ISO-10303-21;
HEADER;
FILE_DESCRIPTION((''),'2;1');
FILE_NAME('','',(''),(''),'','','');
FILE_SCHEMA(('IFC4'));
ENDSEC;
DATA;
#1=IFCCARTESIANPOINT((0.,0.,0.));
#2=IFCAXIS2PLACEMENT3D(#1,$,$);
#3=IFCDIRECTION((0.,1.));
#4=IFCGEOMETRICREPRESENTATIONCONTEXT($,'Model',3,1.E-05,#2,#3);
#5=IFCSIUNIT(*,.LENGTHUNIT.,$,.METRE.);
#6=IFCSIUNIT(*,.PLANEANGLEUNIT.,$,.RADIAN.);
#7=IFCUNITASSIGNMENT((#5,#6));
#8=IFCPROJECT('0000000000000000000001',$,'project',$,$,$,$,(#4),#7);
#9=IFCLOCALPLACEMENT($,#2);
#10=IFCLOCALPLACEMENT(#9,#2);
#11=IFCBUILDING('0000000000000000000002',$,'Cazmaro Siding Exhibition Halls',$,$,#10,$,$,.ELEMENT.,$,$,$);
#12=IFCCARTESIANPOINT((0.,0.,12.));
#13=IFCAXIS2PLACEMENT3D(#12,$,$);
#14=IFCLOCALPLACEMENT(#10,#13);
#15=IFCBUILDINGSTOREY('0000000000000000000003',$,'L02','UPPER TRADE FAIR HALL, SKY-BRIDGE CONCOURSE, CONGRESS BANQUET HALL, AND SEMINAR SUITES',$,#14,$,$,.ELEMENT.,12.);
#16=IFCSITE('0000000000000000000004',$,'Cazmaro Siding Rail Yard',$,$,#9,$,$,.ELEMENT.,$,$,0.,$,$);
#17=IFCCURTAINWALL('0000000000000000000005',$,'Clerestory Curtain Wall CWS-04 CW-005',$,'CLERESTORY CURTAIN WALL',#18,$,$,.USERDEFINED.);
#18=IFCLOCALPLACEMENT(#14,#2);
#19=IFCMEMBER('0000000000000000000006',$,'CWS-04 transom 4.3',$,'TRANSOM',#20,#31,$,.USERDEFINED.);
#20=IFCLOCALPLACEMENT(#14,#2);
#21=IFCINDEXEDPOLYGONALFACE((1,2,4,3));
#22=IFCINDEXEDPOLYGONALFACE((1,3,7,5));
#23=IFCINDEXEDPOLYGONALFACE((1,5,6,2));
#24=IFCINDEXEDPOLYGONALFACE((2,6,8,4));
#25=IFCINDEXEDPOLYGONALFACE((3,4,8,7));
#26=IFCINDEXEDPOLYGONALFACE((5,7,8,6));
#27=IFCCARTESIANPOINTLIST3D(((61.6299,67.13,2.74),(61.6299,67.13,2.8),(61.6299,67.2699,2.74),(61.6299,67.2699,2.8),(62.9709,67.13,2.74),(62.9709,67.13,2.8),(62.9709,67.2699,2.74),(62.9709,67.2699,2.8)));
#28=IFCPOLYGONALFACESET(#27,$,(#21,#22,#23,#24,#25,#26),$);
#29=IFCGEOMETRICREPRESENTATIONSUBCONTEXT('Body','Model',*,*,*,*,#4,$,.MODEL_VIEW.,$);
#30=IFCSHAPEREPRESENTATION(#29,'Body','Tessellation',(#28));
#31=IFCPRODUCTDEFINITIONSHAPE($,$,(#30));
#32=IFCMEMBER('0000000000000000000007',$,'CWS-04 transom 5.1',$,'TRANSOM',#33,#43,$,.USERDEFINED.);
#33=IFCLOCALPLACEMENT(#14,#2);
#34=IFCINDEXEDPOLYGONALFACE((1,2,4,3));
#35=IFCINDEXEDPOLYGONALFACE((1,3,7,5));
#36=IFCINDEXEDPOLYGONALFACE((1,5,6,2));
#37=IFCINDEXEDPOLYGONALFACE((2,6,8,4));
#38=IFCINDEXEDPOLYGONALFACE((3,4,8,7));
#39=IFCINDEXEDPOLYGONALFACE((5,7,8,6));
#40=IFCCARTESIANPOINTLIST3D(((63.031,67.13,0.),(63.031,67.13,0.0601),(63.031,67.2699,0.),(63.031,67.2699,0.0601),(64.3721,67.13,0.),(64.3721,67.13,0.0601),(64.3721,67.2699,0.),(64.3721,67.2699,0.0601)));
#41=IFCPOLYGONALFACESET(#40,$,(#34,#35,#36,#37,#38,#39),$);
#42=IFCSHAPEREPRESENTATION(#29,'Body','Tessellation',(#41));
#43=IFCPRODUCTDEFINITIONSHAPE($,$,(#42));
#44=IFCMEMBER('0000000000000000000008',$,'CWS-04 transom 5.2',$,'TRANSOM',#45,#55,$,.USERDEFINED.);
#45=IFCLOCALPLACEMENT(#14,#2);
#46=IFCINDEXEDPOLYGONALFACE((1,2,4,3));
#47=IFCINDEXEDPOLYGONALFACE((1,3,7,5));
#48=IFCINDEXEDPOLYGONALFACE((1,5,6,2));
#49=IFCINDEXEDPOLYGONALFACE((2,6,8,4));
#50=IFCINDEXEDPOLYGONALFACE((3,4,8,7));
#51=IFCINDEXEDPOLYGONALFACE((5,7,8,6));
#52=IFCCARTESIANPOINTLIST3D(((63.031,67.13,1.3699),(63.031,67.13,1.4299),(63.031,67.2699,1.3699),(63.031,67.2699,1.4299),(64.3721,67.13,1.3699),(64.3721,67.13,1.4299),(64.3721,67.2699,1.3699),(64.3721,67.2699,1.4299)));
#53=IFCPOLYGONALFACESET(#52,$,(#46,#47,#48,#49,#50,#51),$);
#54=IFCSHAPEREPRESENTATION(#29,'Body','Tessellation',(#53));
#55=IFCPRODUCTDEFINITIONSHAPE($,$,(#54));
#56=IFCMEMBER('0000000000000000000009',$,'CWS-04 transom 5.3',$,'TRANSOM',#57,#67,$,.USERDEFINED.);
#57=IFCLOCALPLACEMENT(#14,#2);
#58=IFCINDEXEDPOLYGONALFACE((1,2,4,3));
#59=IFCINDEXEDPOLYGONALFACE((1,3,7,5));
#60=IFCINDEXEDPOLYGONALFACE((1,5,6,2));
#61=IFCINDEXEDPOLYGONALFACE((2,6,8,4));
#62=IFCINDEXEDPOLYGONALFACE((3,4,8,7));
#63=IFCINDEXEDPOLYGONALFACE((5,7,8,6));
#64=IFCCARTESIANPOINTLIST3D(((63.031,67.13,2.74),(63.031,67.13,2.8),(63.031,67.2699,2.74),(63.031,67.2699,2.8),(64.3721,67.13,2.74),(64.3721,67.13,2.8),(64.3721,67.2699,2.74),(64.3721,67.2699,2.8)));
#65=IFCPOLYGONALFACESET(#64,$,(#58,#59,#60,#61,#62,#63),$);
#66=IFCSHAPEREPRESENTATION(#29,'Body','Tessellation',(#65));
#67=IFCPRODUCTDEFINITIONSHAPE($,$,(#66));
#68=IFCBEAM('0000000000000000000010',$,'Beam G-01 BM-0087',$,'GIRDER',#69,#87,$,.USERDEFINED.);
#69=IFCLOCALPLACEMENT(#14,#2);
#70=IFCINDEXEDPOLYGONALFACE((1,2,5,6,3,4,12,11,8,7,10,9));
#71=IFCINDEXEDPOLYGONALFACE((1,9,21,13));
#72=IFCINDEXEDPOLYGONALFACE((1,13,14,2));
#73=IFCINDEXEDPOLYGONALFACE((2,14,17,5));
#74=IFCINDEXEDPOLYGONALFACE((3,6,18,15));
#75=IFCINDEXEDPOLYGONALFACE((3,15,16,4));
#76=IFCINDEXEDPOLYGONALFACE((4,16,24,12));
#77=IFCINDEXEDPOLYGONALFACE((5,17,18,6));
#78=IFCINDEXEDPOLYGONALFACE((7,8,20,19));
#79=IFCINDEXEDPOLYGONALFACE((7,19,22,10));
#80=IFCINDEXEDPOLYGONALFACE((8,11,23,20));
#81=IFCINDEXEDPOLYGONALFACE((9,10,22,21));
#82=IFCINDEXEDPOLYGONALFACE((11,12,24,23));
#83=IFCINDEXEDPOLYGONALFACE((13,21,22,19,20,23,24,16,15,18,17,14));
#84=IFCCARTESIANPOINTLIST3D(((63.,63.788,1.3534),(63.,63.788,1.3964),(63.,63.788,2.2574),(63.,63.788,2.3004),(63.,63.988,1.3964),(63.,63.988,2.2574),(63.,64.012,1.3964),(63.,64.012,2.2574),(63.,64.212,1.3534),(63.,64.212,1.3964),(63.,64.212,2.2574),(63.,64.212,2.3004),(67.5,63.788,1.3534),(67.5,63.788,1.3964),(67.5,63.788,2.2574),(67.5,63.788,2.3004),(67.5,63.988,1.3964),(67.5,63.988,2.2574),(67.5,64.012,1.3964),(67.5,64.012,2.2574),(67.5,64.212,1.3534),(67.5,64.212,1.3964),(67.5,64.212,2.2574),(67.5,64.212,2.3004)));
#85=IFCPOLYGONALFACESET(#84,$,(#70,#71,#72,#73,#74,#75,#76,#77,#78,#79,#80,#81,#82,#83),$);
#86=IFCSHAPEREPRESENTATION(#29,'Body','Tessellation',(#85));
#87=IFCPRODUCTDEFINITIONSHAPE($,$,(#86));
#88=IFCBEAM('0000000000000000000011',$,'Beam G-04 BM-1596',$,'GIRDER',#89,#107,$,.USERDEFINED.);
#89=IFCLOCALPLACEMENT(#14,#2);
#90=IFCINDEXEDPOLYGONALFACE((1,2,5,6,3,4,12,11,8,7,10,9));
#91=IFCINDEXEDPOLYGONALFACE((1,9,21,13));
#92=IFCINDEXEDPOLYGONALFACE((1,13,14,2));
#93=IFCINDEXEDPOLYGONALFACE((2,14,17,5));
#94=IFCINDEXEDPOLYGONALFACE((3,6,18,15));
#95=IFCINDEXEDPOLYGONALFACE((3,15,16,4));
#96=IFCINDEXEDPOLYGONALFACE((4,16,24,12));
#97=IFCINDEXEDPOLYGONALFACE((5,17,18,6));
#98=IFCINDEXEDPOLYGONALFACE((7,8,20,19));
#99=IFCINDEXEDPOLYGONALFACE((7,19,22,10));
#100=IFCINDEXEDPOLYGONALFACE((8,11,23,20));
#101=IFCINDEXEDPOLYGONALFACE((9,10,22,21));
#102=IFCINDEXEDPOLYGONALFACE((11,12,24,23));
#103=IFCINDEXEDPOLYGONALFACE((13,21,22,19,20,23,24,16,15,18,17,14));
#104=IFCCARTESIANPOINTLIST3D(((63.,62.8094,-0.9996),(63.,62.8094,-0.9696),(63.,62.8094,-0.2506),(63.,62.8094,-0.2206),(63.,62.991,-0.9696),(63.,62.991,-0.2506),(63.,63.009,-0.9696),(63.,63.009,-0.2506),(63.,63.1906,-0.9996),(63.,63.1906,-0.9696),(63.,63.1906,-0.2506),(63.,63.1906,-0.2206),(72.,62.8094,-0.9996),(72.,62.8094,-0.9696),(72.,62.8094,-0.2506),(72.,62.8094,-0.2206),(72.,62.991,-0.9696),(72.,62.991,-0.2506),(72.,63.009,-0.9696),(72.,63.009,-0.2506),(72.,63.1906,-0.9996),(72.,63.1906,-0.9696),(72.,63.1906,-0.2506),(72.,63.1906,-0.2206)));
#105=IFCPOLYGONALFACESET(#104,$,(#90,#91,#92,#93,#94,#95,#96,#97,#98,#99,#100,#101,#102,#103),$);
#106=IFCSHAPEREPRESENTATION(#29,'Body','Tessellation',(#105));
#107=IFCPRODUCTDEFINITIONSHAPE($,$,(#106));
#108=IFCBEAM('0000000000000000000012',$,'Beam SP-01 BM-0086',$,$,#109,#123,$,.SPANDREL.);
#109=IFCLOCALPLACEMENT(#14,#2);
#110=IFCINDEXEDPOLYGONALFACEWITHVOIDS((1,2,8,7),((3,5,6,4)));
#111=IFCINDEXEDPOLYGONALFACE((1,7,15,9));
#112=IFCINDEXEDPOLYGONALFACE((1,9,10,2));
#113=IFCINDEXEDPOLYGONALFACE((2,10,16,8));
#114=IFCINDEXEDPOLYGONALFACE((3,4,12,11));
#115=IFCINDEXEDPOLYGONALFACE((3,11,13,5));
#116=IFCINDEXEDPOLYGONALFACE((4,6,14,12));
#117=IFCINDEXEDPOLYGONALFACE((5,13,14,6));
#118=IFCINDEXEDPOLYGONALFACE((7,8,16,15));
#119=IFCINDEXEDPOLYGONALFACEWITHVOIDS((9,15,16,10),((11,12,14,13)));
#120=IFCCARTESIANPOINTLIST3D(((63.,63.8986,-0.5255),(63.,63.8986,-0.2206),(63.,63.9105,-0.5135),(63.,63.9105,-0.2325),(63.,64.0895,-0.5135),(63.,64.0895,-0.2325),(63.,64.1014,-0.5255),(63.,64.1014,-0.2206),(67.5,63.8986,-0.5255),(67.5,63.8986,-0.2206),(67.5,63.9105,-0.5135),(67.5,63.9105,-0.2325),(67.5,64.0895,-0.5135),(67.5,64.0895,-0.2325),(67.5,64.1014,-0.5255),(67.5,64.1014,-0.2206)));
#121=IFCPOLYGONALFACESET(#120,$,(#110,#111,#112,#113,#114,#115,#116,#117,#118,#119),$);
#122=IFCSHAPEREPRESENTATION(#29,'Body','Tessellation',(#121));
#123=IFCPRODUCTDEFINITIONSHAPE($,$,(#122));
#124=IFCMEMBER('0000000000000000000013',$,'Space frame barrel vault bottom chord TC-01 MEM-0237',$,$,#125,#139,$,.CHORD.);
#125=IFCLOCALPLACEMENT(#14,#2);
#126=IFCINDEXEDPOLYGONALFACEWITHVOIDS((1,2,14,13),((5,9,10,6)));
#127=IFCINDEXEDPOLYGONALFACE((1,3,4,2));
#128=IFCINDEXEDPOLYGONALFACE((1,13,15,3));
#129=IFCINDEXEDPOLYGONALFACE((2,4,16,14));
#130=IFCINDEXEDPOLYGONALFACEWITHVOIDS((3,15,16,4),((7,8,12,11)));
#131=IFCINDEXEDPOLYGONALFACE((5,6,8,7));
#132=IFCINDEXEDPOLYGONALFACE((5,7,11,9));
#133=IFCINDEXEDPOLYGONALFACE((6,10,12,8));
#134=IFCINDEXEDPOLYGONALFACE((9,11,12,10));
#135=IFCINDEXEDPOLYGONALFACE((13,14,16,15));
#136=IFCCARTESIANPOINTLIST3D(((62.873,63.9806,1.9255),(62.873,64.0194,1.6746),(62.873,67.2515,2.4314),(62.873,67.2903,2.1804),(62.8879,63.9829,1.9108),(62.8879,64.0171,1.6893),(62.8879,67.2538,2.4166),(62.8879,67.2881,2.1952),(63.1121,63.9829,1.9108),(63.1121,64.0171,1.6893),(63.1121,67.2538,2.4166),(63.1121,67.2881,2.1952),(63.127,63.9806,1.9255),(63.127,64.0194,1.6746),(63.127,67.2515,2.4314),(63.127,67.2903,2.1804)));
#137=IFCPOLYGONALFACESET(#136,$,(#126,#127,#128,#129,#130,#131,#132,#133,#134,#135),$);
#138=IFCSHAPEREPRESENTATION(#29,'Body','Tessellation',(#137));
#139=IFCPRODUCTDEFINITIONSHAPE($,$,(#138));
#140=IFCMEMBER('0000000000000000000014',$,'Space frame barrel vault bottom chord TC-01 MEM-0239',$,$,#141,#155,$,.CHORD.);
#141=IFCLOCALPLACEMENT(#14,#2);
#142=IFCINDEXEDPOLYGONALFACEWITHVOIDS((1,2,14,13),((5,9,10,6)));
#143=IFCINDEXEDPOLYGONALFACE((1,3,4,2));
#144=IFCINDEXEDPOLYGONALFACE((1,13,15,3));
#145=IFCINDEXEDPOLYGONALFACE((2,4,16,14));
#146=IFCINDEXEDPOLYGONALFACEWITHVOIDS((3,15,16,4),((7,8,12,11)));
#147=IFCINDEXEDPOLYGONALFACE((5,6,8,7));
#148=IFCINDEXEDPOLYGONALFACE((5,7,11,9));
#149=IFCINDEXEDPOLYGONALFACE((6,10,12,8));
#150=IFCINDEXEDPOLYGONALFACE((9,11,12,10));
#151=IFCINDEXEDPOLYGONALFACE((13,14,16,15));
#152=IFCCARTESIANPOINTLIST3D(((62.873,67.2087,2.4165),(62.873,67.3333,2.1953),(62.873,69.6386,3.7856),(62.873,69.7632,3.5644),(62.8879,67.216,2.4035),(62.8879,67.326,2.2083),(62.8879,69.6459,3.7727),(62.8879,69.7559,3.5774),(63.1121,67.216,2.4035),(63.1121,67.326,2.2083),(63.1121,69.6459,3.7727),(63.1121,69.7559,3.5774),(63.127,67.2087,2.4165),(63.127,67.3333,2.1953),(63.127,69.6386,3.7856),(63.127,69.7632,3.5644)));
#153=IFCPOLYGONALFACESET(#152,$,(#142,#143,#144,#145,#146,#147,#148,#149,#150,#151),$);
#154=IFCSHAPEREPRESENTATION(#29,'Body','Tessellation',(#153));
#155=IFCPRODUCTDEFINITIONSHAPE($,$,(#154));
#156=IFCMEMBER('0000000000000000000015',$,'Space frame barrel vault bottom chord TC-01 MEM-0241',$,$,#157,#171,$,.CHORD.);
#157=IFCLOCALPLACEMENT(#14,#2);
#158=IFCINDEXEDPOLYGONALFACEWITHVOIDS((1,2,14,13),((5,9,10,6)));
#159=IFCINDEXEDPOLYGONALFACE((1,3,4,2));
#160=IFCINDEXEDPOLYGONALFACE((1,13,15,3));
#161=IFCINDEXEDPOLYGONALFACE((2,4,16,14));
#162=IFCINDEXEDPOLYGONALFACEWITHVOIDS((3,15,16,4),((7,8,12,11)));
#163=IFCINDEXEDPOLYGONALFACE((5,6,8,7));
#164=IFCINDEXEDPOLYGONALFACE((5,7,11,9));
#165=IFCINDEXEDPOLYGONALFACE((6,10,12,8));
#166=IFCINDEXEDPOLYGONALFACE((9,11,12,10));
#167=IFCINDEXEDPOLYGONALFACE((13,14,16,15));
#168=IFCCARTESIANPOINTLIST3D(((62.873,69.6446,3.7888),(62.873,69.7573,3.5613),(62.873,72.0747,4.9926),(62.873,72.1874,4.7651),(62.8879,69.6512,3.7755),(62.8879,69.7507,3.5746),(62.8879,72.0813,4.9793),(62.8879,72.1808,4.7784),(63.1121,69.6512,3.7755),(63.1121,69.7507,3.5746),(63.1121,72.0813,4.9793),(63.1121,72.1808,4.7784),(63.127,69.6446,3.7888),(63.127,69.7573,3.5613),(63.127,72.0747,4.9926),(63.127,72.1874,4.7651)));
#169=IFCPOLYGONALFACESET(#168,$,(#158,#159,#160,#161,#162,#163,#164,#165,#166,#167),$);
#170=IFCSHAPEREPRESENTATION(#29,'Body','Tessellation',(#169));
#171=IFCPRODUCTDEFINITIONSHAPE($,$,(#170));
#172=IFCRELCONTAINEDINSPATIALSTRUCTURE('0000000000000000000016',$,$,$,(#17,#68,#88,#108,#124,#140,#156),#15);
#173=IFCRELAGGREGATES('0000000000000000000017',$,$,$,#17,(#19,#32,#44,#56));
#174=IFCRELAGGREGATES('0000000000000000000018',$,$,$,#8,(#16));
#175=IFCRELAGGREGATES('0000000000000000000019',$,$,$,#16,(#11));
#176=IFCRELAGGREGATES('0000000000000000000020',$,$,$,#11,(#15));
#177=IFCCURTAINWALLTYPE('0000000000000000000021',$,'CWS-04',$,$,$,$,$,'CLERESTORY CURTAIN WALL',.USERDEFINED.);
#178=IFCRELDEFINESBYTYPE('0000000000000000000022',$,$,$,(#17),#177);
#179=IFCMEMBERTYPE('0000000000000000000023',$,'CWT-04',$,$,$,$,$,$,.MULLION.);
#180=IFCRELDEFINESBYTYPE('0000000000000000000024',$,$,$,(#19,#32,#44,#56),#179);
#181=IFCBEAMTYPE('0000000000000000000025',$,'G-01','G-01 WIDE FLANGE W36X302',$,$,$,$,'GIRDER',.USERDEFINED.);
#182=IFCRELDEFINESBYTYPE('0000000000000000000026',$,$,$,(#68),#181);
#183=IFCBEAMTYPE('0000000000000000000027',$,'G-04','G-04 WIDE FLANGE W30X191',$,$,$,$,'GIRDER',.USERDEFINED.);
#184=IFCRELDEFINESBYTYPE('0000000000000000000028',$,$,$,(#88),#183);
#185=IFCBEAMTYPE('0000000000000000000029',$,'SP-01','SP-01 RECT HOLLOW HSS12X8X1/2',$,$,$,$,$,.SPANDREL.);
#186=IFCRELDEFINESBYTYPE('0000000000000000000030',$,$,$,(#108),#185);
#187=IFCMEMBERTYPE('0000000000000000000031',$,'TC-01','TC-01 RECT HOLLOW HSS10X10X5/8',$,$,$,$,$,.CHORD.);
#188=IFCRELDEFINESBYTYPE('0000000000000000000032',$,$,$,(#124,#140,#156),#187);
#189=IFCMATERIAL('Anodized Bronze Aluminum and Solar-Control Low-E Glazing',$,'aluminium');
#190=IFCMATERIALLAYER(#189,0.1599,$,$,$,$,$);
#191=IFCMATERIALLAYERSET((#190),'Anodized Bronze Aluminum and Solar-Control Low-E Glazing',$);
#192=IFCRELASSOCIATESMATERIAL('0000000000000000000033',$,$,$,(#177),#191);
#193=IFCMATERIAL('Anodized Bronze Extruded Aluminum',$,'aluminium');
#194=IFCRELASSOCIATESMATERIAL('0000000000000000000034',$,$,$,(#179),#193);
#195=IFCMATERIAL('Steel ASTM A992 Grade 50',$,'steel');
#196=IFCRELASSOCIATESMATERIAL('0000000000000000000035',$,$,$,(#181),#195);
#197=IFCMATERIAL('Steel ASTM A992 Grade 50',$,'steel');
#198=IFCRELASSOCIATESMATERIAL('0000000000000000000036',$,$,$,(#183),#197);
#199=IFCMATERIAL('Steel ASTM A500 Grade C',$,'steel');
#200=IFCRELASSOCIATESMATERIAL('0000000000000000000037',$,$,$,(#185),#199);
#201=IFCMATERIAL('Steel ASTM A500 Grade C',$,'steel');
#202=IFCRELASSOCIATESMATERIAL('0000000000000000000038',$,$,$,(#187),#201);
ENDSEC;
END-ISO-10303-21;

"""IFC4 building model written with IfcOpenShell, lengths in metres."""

from ifc_helpers import new_model, si_unit, direction, frame, origin, origin_2d, place, context, subcontext, project, spatial, rectangle, hollow_rectangle, i_section, extrude, material, layer, layer_set, material_profile, profile_set, type_object, element, aggregate, save


model = new_model("IFC4")

# Units and contexts
model_context = context("Model", 3, precision=1e-05, world=origin(), true_north=direction((0.0, 1.0)))
body_context = subcontext(model_context, "Body", "Model", "MODEL_VIEW")
ifc_project = project(units=[si_unit("LENGTHUNIT", "METRE"), si_unit("PLANEANGLEUNIT", "RADIAN")], contexts=[model_context])

# Site, building, storey
site_placement = place(None, origin())
site = spatial("IfcSite", under=ifc_project, at=site_placement, Name="Cazmaro Siding Rail Yard", CompositionType="ELEMENT", RefElevation=0.0)
building_placement = place(site_placement, origin())
building = spatial("IfcBuilding", under=site, at=building_placement, Name="Cazmaro Siding Exhibition Halls", CompositionType="ELEMENT")
storey_placement = place(building_placement, frame((0.0, 0.0, 12.0)))
storey = spatial("IfcBuildingStorey", under=building, at=storey_placement, Name="L02", Description="UPPER TRADE FAIR HALL, SKY-BRIDGE CONCOURSE, CONGRESS BANQUET HALL, AND SEMINAR SUITES", CompositionType="ELEMENT", Elevation=12.0)

# Curtain wall
ifc_material_1 = material(Name="Anodized Bronze Aluminum and Solar-Control Low-E Glazing", Category="aluminium")
ifc_layer_1 = layer(ifc_material_1, 0.1599)
ifc_layer_set_1 = layer_set([ifc_layer_1], Name="Anodized Bronze Aluminum and Solar-Control Low-E Glazing")
curtain_wall_type_1 = type_object("IfcCurtainWallType", Name="CWS-04", ElementType="CLERESTORY CURTAIN WALL", PredefinedType="USERDEFINED", material=ifc_layer_set_1)
curtain_wall_1_placement = place(storey_placement, origin())
curtain_wall_1 = element("IfcCurtainWall", 1, at=curtain_wall_1_placement, inside=storey, type_object=curtain_wall_type_1, Name="Clerestory Curtain Wall CWS-04 CW-005", ObjectType="CLERESTORY CURTAIN WALL", PredefinedType="USERDEFINED")

# Members
ifc_material_2 = material(Name="Anodized Bronze Extruded Aluminum", Category="aluminium")
ifc_material_profile_1 = material_profile(ifc_material_2, rectangle(XDim=0.1399, YDim=0.0601, at=origin_2d()), Name="CWT-04")
ifc_profile_set_1 = profile_set([ifc_material_profile_1], Name="Anodized Bronze Extruded Aluminum")
member_type_1 = type_object("IfcMemberType", Name="CWT-04", PredefinedType="MULLION", material=ifc_profile_set_1)
member_1_placement = place(storey_placement, frame((61.6299, 67.2, 2.77), z_axis=(1.0, 0.0, 0.0), x_axis=(0.0, 1.0, 0.0)))
member_1 = element("IfcMember", 2, at=member_1_placement, type_object=member_type_1, Name="CWS-04 transom 4.3", ObjectType="TRANSOM", PredefinedType="USERDEFINED", context=body_context, shape_type="SweptSolid", body=[
    extrude(rectangle(XDim=0.1399, YDim=0.0601, at=origin_2d()), origin(), (0.0, 0.0, 1.0), 1.3411),
])
member_2_placement = place(storey_placement, frame((63.031, 67.2, 0.03), z_axis=(1.0, 0.0, 0.0), x_axis=(0.0, 1.0, 0.0)))
member_2 = element("IfcMember", 3, at=member_2_placement, type_object=member_type_1, Name="CWS-04 transom 5.1", ObjectType="TRANSOM", PredefinedType="USERDEFINED", context=body_context, shape_type="SweptSolid", body=[
    extrude(rectangle(XDim=0.1399, YDim=0.0601, at=origin_2d()), origin(), (0.0, 0.0, 1.0), 1.3411),
])
member_3_placement = place(storey_placement, frame((63.031, 67.2, 1.3999), z_axis=(1.0, 0.0, 0.0), x_axis=(0.0, 1.0, 0.0)))
member_3 = element("IfcMember", 4, at=member_3_placement, type_object=member_type_1, Name="CWS-04 transom 5.2", ObjectType="TRANSOM", PredefinedType="USERDEFINED", context=body_context, shape_type="SweptSolid", body=[
    extrude(rectangle(XDim=0.1399, YDim=0.0601, at=origin_2d()), origin(), (0.0, 0.0, 1.0), 1.3411),
])
member_4_placement = place(storey_placement, frame((63.031, 67.2, 2.77), z_axis=(1.0, 0.0, 0.0), x_axis=(0.0, 1.0, 0.0)))
member_4 = element("IfcMember", 5, at=member_4_placement, type_object=member_type_1, Name="CWS-04 transom 5.3", ObjectType="TRANSOM", PredefinedType="USERDEFINED", context=body_context, shape_type="SweptSolid", body=[
    extrude(rectangle(XDim=0.1399, YDim=0.0601, at=origin_2d()), origin(), (0.0, 0.0, 1.0), 1.3411),
])

# Beams
ifc_material_3 = material(Name="Steel ASTM A992 Grade 50", Category="steel")
ifc_material_profile_2 = material_profile(ifc_material_3, i_section(OverallWidth=0.4241, OverallDepth=0.947, WebThickness=0.0239, FlangeThickness=0.043, at=origin_2d()), Name="W36X302")
ifc_profile_set_2 = profile_set([ifc_material_profile_2], Name="Steel ASTM A992 Grade 50")
beam_type_1 = type_object("IfcBeamType", Name="G-01", Description="G-01 WIDE FLANGE W36X302", ElementType="GIRDER", PredefinedType="USERDEFINED", material=ifc_profile_set_2)
beam_1_placement = place(storey_placement, frame((63.0, 64.0, 1.8269), z_axis=(1.0, 0.0, 0.0), x_axis=(0.0, 1.0, 0.0)))
element("IfcBeam", 6, at=beam_1_placement, inside=storey, type_object=beam_type_1, Name="Beam G-01 BM-0087", ObjectType="GIRDER", PredefinedType="USERDEFINED", context=body_context, shape_type="SweptSolid", body=[
    extrude(i_section(OverallWidth=0.4241, OverallDepth=0.947, WebThickness=0.0239, FlangeThickness=0.043, at=origin_2d()), origin(), (0.0, 0.0, 1.0), 4.5),
])
ifc_material_4 = material(Name="Steel ASTM A992 Grade 50", Category="steel")
ifc_material_profile_3 = material_profile(ifc_material_4, i_section(OverallWidth=0.3811, OverallDepth=0.7791, WebThickness=0.0181, FlangeThickness=0.03, at=origin_2d()), Name="W30X191")
ifc_profile_set_3 = profile_set([ifc_material_profile_3], Name="Steel ASTM A992 Grade 50")
beam_type_2 = type_object("IfcBeamType", Name="G-04", Description="G-04 WIDE FLANGE W30X191", ElementType="GIRDER", PredefinedType="USERDEFINED", material=ifc_profile_set_3)
beam_2_placement = place(storey_placement, frame((63.0, 63.0, -0.6101), z_axis=(1.0, 0.0, 0.0), x_axis=(0.0, 1.0, 0.0)))
element("IfcBeam", 7, at=beam_2_placement, inside=storey, type_object=beam_type_2, Name="Beam G-04 BM-1596", ObjectType="GIRDER", PredefinedType="USERDEFINED", context=body_context, shape_type="SweptSolid", body=[
    extrude(i_section(OverallWidth=0.3811, OverallDepth=0.7791, WebThickness=0.0181, FlangeThickness=0.03, at=origin_2d()), origin(), (0.0, 0.0, 1.0), 9.0),
])
ifc_material_5 = material(Name="Steel ASTM A500 Grade C", Category="steel")
ifc_material_profile_4 = material_profile(ifc_material_5, hollow_rectangle(XDim=0.2029, YDim=0.3049, WallThickness=0.012, at=origin_2d()), Name="HSS12X8X1/2")
ifc_profile_set_4 = profile_set([ifc_material_profile_4], Name="Steel ASTM A500 Grade C")
beam_type_3 = type_object("IfcBeamType", Name="SP-01", Description="SP-01 RECT HOLLOW HSS12X8X1/2", PredefinedType="SPANDREL", material=ifc_profile_set_4)
beam_3_placement = place(storey_placement, frame((63.0, 64.0, -0.373), z_axis=(1.0, 0.0, 0.0), x_axis=(0.0, 1.0, 0.0)))
element("IfcBeam", 8, at=beam_3_placement, inside=storey, type_object=beam_type_3, Name="Beam SP-01 BM-0086", PredefinedType="SPANDREL", context=body_context, shape_type="SweptSolid", body=[
    extrude(hollow_rectangle(XDim=0.2029, YDim=0.3049, WallThickness=0.012, at=origin_2d()), origin(), (0.0, 0.0, 1.0), 4.5),
])

# Members
ifc_material_6 = material(Name="Steel ASTM A500 Grade C", Category="steel")
ifc_material_profile_5 = material_profile(ifc_material_6, hollow_rectangle(XDim=0.2539, YDim=0.2539, WallThickness=0.0149, at=origin_2d()), Name="HSS10X10X5/8")
ifc_profile_set_5 = profile_set([ifc_material_profile_5], Name="Steel ASTM A500 Grade C")
member_type_2 = type_object("IfcMemberType", Name="TC-01", Description="TC-01 RECT HOLLOW HSS10X10X5/8", PredefinedType="CHORD", material=ifc_profile_set_5)
member_5_placement = place(storey_placement, frame((63.0, 64.0, 1.8), z_axis=(0.0, 0.988252, 0.152833), x_axis=(-1.0, 0.0, 0.0)))
element("IfcMember", 9, at=member_5_placement, inside=storey, type_object=member_type_2, Name="Space frame barrel vault bottom chord TC-01 MEM-0237", PredefinedType="CHORD", context=body_context, shape_type="SweptSolid", body=[
    extrude(hollow_rectangle(XDim=0.2539, YDim=0.2539, WallThickness=0.0149, at=origin_2d()), origin(), (0.0, 0.0, 1.0), 3.3098),
])
member_6_placement = place(storey_placement, frame((63.0, 67.271, 2.3059), z_axis=(0.0, 0.871222, 0.490889), x_axis=(-1.0, 0.0, 0.0)))
element("IfcMember", 10, at=member_6_placement, inside=storey, type_object=member_type_2, Name="Space frame barrel vault bottom chord TC-01 MEM-0239", PredefinedType="CHORD", context=body_context, shape_type="SweptSolid", body=[
    extrude(hollow_rectangle(XDim=0.2539, YDim=0.2539, WallThickness=0.0149, at=origin_2d()), origin(), (0.0, 0.0, 1.0), 2.7891),
])
member_7_placement = place(storey_placement, frame((63.0, 69.7009, 3.675), z_axis=(0.0, 0.896077, 0.443898), x_axis=(-1.0, 0.0, 0.0)))
element("IfcMember", 11, at=member_7_placement, inside=storey, type_object=member_type_2, Name="Space frame barrel vault bottom chord TC-01 MEM-0241", PredefinedType="CHORD", context=body_context, shape_type="SweptSolid", body=[
    extrude(hollow_rectangle(XDim=0.2539, YDim=0.2539, WallThickness=0.0149, at=origin_2d()), origin(), (0.0, 0.0, 1.0), 2.7119),
])

aggregate(curtain_wall_1, [member_1, member_2, member_3, member_4])

save(model, "model.ifc")
